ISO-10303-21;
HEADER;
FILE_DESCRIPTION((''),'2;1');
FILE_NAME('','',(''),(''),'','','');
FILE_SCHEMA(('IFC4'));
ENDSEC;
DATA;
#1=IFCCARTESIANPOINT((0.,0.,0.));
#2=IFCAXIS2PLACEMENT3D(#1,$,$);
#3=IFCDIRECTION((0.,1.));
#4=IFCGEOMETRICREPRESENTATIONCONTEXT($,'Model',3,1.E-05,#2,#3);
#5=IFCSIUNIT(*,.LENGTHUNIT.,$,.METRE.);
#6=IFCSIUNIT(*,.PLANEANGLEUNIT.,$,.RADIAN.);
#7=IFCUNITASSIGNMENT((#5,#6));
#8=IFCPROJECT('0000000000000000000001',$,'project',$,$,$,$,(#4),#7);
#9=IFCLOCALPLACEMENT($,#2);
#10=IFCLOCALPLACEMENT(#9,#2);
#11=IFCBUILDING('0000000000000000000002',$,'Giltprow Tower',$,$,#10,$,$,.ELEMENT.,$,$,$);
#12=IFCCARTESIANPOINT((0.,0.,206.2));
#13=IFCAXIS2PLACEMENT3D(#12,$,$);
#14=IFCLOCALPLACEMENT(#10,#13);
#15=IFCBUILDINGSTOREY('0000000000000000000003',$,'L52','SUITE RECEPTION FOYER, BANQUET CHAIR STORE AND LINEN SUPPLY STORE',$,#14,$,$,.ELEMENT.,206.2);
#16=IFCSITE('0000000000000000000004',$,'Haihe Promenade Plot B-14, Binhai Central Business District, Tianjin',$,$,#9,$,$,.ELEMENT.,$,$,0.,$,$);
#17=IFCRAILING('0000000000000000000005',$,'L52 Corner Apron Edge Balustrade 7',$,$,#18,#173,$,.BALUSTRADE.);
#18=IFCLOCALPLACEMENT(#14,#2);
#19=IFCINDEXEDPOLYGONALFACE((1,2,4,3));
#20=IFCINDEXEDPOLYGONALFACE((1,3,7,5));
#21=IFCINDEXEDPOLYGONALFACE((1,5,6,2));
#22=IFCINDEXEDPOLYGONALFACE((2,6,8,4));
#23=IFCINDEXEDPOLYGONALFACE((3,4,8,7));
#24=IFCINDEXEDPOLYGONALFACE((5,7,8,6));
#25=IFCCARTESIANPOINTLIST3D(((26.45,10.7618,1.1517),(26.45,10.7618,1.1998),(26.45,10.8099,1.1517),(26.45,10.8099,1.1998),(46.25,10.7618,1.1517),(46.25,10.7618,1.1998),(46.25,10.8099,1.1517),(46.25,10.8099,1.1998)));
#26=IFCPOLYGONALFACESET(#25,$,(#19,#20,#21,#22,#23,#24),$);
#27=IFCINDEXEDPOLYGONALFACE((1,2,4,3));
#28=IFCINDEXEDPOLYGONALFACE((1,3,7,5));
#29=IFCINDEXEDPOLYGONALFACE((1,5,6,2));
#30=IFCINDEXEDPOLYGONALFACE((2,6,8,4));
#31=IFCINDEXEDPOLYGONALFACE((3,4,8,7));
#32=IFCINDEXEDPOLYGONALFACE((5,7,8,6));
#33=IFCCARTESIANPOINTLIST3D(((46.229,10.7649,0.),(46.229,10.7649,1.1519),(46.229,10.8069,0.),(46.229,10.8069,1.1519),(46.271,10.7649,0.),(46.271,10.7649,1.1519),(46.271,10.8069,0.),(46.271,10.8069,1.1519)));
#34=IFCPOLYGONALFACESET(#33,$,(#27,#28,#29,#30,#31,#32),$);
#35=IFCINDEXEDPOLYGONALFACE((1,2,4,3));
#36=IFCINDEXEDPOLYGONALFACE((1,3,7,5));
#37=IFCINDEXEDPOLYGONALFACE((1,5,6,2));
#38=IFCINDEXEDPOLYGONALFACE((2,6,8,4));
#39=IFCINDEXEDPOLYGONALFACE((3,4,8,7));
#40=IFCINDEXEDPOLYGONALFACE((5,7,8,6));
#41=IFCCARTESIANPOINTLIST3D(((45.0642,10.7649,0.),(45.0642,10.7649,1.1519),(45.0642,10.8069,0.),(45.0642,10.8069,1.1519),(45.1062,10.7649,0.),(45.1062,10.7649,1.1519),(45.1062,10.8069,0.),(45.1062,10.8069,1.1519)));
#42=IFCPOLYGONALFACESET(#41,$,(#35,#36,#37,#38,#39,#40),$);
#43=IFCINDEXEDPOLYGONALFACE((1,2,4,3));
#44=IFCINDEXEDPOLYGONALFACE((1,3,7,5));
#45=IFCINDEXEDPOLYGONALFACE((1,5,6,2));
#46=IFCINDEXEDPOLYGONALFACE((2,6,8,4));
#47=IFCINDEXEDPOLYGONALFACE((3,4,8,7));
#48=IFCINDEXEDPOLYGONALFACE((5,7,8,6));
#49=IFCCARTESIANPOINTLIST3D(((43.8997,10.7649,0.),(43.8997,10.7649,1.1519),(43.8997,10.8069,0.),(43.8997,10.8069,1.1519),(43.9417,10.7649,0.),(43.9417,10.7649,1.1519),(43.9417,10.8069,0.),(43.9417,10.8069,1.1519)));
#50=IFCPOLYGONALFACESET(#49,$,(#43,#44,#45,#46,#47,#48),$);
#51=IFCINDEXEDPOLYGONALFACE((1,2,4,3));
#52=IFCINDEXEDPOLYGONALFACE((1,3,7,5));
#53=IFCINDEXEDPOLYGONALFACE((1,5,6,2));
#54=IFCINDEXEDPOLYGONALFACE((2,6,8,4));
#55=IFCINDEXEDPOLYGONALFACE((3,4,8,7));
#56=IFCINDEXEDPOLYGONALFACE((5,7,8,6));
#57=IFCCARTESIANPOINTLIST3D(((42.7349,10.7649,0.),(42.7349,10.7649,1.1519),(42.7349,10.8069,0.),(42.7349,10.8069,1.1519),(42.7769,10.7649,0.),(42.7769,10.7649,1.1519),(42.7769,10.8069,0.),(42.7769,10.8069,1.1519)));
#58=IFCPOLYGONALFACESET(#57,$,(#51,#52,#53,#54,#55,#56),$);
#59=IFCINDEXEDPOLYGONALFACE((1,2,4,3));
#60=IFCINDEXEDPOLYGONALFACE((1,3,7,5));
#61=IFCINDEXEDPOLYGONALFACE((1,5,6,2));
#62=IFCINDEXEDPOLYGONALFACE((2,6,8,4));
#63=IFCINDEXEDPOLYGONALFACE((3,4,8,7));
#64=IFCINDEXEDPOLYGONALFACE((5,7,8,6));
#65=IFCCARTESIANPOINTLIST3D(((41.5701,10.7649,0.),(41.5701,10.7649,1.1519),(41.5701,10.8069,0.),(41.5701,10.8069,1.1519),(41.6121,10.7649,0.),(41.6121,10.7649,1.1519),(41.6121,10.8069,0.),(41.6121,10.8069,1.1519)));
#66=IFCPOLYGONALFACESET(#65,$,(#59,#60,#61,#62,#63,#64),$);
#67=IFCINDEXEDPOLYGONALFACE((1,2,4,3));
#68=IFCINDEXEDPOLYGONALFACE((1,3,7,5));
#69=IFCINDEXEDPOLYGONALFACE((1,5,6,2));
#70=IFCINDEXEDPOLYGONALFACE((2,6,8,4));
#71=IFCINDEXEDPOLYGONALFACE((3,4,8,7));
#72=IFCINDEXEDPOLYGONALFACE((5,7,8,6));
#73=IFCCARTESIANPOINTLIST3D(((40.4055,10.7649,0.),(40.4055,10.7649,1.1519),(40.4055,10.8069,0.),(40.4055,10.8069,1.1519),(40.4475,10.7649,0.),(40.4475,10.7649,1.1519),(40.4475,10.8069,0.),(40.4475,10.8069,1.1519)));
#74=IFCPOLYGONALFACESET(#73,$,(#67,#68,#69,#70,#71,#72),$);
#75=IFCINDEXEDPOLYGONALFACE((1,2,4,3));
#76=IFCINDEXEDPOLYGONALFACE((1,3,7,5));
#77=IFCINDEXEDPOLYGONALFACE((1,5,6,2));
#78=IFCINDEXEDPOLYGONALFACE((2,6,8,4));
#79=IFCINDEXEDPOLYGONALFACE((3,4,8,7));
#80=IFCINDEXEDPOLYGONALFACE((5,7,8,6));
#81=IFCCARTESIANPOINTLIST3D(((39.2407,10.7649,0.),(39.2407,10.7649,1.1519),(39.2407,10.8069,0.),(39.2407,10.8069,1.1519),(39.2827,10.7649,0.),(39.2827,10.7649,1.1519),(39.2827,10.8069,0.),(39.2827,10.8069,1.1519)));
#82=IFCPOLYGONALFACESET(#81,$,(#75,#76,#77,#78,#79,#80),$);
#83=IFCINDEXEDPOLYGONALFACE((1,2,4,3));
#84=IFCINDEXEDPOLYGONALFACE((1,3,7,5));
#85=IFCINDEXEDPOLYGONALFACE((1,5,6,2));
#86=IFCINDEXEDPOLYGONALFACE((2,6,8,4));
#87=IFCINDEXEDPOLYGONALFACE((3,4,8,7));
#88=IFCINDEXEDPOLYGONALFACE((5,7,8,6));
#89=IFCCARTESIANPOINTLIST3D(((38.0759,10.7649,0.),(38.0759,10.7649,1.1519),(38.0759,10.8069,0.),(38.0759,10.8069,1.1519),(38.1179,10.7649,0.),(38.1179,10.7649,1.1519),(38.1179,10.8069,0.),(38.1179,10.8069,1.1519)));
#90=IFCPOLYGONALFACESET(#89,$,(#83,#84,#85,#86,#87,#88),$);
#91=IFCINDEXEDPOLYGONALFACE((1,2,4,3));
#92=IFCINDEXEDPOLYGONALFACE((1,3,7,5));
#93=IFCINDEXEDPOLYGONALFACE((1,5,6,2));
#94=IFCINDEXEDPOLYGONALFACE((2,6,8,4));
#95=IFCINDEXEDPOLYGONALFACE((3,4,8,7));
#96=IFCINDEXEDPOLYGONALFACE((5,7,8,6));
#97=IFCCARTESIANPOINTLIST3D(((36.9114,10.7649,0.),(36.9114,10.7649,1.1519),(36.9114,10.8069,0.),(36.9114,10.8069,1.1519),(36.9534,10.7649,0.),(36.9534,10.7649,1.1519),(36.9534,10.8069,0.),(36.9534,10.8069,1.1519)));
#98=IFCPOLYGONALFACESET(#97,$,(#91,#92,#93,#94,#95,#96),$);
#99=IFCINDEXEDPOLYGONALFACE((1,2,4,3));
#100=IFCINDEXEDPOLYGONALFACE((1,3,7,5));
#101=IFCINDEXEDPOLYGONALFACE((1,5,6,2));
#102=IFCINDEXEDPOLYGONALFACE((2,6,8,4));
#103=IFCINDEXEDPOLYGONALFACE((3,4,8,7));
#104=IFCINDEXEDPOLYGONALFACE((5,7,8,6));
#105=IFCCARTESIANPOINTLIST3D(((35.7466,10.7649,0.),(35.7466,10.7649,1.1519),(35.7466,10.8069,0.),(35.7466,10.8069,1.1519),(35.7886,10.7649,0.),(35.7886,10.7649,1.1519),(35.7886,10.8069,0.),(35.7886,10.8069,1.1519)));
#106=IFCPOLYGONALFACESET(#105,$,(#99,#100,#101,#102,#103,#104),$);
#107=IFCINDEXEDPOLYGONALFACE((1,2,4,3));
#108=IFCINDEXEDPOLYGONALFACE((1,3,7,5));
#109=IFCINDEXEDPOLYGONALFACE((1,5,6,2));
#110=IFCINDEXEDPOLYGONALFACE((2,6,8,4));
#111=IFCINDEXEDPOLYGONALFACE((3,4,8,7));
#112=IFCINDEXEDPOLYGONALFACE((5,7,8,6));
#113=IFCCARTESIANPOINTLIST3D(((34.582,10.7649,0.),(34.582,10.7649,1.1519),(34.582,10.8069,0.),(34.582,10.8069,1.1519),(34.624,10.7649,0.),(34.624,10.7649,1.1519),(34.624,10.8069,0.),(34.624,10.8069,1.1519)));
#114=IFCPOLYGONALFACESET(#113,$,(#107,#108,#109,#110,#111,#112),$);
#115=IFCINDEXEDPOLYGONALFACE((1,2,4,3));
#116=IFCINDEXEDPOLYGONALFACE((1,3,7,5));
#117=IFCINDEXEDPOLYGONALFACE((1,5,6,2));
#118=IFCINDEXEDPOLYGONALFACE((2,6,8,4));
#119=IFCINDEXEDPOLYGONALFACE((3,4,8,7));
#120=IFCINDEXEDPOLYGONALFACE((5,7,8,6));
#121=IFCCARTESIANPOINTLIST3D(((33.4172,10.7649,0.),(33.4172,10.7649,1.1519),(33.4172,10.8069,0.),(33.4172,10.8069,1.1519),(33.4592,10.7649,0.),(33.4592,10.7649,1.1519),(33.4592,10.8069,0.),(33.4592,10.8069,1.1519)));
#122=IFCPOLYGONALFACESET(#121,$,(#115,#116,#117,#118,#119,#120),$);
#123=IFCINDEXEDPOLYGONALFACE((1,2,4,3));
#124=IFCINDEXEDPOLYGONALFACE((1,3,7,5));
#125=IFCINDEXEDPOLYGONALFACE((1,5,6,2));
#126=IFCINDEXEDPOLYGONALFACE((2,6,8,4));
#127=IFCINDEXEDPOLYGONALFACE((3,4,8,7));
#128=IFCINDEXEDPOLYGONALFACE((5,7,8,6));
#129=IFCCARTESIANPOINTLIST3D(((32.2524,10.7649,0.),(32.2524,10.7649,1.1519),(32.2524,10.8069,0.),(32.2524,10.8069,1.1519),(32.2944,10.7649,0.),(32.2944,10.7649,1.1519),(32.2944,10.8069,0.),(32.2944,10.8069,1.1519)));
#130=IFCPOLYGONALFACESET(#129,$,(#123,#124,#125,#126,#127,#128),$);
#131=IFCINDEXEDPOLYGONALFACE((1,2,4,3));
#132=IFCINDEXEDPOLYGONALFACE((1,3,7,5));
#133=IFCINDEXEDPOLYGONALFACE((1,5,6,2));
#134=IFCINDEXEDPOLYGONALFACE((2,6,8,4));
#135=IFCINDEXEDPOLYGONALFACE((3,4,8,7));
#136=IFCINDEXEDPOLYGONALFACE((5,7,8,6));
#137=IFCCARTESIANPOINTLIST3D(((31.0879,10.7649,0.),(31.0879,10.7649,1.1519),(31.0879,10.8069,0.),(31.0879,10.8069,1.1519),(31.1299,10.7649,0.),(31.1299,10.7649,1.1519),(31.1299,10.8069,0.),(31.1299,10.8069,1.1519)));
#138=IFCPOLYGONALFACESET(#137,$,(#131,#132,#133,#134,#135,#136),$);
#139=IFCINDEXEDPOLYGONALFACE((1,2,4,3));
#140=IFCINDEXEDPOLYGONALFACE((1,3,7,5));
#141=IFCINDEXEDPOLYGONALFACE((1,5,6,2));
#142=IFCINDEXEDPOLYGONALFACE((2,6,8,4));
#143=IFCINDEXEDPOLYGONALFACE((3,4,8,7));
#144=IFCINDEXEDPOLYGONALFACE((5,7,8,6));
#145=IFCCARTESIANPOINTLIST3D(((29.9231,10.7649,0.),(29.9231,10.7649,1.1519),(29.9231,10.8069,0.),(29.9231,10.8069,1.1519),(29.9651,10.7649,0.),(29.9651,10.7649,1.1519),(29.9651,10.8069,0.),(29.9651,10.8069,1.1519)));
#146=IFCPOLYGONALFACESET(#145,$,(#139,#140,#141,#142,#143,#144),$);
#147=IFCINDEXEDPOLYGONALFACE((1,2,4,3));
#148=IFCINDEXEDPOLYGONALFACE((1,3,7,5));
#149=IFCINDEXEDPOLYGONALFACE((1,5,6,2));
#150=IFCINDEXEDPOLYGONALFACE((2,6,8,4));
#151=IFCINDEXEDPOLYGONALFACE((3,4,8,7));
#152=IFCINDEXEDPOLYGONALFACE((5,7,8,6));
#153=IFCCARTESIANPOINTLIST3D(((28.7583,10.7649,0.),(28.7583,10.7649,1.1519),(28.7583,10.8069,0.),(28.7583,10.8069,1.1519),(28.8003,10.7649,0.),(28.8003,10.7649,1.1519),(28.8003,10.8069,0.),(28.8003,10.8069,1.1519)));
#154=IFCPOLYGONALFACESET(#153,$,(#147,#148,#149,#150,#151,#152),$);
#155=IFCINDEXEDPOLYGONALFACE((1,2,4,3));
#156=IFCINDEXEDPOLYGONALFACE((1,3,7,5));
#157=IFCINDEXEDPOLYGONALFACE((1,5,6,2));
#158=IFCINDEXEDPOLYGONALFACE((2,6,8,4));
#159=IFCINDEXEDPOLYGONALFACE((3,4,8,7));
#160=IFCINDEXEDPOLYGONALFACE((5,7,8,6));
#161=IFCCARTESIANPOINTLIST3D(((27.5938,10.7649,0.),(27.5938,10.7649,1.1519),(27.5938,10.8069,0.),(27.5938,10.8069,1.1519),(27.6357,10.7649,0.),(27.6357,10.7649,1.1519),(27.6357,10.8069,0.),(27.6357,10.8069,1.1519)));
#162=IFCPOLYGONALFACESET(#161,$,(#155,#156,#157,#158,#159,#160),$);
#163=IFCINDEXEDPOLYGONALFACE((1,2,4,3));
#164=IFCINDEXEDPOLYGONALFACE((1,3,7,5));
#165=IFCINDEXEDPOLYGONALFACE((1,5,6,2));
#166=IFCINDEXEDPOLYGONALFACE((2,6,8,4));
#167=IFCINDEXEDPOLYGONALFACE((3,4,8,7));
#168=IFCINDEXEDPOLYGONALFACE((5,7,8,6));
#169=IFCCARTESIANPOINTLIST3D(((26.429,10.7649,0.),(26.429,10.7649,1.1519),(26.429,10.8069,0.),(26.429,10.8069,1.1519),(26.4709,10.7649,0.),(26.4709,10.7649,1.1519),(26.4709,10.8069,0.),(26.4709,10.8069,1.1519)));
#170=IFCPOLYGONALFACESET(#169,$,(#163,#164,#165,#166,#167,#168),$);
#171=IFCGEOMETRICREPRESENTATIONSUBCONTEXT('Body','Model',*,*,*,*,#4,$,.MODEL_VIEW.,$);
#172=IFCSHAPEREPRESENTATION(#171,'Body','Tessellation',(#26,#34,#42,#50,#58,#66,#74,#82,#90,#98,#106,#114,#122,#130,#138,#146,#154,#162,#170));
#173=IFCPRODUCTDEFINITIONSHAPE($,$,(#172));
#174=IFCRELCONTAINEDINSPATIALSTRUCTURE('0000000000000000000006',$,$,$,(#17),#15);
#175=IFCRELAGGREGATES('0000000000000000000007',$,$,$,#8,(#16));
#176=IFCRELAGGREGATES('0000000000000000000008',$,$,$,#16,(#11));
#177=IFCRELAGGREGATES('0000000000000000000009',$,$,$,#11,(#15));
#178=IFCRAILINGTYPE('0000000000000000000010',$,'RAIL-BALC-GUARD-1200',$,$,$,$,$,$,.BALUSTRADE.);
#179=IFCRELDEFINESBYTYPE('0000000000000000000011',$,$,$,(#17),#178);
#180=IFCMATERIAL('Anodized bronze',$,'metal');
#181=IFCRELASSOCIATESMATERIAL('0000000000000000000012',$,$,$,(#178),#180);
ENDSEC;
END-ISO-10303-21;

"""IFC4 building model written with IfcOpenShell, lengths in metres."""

from ifc_helpers import new_model, si_unit, direction, frame, origin, origin_2d, place, context, subcontext, project, spatial, rectangle, extrude, material, type_object, element, save


model = new_model("IFC4")

# Units and contexts
model_context = context("Model", 3, precision=1e-05, world=origin(), true_north=direction((0.0, 1.0)))
body_context = subcontext(model_context, "Body", "Model", "MODEL_VIEW")
ifc_project = project(units=[si_unit("LENGTHUNIT", "METRE"), si_unit("PLANEANGLEUNIT", "RADIAN")], contexts=[model_context])

# Site, building, storey
site_placement = place(None, origin())
site = spatial("IfcSite", under=ifc_project, at=site_placement, Name="Haihe Promenade Plot B-14, Binhai Central Business District, Tianjin", CompositionType="ELEMENT", RefElevation=0.0)
building_placement = place(site_placement, origin())
building = spatial("IfcBuilding", under=site, at=building_placement, Name="Giltprow Tower", CompositionType="ELEMENT")
storey_placement = place(building_placement, frame((0.0, 0.0, 206.2)))
storey = spatial("IfcBuildingStorey", under=building, at=storey_placement, Name="L52", Description="SUITE RECEPTION FOYER, BANQUET CHAIR STORE AND LINEN SUPPLY STORE", CompositionType="ELEMENT", Elevation=206.2)

# Shared definitions
ifc_material_1 = material(Name="Anodized bronze", Category="metal")

# Railing
railing_type = type_object("IfcRailingType", Name="RAIL-BALC-GUARD-1200", PredefinedType="BALUSTRADE", material=ifc_material_1)
railing_1_placement = place(storey_placement, frame((46.25, 10.7859, 0.0)))
element("IfcRailing", 1, at=railing_1_placement, inside=storey, type_object=railing_type, Name="L52 Corner Apron Edge Balustrade 7", PredefinedType="BALUSTRADE", context=body_context, shape_type="SweptSolid", body=[
    extrude(rectangle(XDim=0.0481, YDim=0.0481, at=origin_2d()), frame((0.0, 0.0, 1.1758), z_axis=(-1.0, 0.0, 0.0), x_axis=(0.0, -1.0, 0.0)), (0.0, 0.0, 1.0), 19.8),
    extrude(rectangle(XDim=0.042, YDim=0.042, at=origin_2d()), origin(), (0.0, 0.0, 1.0), 1.1519),
    extrude(rectangle(XDim=0.042, YDim=0.042, at=origin_2d()), frame((-1.1648, 0.0, 0.0)), (0.0, 0.0, 1.0), 1.1519),
    extrude(rectangle(XDim=0.042, YDim=0.042, at=origin_2d()), frame((-2.3293, 0.0, 0.0)), (0.0, 0.0, 1.0), 1.1519),
    extrude(rectangle(XDim=0.042, YDim=0.042, at=origin_2d()), frame((-3.4941, 0.0, 0.0)), (0.0, 0.0, 1.0), 1.1519),
    extrude(rectangle(XDim=0.042, YDim=0.042, at=origin_2d()), frame((-4.6589, 0.0, 0.0)), (0.0, 0.0, 1.0), 1.1519),
    extrude(rectangle(XDim=0.042, YDim=0.042, at=origin_2d()), frame((-5.8235, 0.0, 0.0)), (0.0, 0.0, 1.0), 1.1519),
    extrude(rectangle(XDim=0.042, YDim=0.042, at=origin_2d()), frame((-6.9883, 0.0, 0.0)), (0.0, 0.0, 1.0), 1.1519),
    extrude(rectangle(XDim=0.042, YDim=0.042, at=origin_2d()), frame((-8.1531, 0.0, 0.0)), (0.0, 0.0, 1.0), 1.1519),
    extrude(rectangle(XDim=0.042, YDim=0.042, at=origin_2d()), frame((-9.3176, 0.0, 0.0)), (0.0, 0.0, 1.0), 1.1519),
    extrude(rectangle(XDim=0.042, YDim=0.042, at=origin_2d()), frame((-10.4824, 0.0, 0.0)), (0.0, 0.0, 1.0), 1.1519),
    extrude(rectangle(XDim=0.042, YDim=0.042, at=origin_2d()), frame((-11.647, 0.0, 0.0)), (0.0, 0.0, 1.0), 1.1519),
    extrude(rectangle(XDim=0.042, YDim=0.042, at=origin_2d()), frame((-12.8118, 0.0, 0.0)), (0.0, 0.0, 1.0), 1.1519),
    extrude(rectangle(XDim=0.042, YDim=0.042, at=origin_2d()), frame((-13.9766, 0.0, 0.0)), (0.0, 0.0, 1.0), 1.1519),
    extrude(rectangle(XDim=0.042, YDim=0.042, at=origin_2d()), frame((-15.1411, 0.0, 0.0)), (0.0, 0.0, 1.0), 1.1519),
    extrude(rectangle(XDim=0.042, YDim=0.042, at=origin_2d()), frame((-16.3059, 0.0, 0.0)), (0.0, 0.0, 1.0), 1.1519),
    extrude(rectangle(XDim=0.042, YDim=0.042, at=origin_2d()), frame((-17.4707, 0.0, 0.0)), (0.0, 0.0, 1.0), 1.1519),
    extrude(rectangle(XDim=0.042, YDim=0.042, at=origin_2d()), frame((-18.6353, 0.0, 0.0)), (0.0, 0.0, 1.0), 1.1519),
    extrude(rectangle(XDim=0.042, YDim=0.042, at=origin_2d()), frame((-19.8, 0.0, 0.0)), (0.0, 0.0, 1.0), 1.1519),
])

save(model, "model.ifc")
